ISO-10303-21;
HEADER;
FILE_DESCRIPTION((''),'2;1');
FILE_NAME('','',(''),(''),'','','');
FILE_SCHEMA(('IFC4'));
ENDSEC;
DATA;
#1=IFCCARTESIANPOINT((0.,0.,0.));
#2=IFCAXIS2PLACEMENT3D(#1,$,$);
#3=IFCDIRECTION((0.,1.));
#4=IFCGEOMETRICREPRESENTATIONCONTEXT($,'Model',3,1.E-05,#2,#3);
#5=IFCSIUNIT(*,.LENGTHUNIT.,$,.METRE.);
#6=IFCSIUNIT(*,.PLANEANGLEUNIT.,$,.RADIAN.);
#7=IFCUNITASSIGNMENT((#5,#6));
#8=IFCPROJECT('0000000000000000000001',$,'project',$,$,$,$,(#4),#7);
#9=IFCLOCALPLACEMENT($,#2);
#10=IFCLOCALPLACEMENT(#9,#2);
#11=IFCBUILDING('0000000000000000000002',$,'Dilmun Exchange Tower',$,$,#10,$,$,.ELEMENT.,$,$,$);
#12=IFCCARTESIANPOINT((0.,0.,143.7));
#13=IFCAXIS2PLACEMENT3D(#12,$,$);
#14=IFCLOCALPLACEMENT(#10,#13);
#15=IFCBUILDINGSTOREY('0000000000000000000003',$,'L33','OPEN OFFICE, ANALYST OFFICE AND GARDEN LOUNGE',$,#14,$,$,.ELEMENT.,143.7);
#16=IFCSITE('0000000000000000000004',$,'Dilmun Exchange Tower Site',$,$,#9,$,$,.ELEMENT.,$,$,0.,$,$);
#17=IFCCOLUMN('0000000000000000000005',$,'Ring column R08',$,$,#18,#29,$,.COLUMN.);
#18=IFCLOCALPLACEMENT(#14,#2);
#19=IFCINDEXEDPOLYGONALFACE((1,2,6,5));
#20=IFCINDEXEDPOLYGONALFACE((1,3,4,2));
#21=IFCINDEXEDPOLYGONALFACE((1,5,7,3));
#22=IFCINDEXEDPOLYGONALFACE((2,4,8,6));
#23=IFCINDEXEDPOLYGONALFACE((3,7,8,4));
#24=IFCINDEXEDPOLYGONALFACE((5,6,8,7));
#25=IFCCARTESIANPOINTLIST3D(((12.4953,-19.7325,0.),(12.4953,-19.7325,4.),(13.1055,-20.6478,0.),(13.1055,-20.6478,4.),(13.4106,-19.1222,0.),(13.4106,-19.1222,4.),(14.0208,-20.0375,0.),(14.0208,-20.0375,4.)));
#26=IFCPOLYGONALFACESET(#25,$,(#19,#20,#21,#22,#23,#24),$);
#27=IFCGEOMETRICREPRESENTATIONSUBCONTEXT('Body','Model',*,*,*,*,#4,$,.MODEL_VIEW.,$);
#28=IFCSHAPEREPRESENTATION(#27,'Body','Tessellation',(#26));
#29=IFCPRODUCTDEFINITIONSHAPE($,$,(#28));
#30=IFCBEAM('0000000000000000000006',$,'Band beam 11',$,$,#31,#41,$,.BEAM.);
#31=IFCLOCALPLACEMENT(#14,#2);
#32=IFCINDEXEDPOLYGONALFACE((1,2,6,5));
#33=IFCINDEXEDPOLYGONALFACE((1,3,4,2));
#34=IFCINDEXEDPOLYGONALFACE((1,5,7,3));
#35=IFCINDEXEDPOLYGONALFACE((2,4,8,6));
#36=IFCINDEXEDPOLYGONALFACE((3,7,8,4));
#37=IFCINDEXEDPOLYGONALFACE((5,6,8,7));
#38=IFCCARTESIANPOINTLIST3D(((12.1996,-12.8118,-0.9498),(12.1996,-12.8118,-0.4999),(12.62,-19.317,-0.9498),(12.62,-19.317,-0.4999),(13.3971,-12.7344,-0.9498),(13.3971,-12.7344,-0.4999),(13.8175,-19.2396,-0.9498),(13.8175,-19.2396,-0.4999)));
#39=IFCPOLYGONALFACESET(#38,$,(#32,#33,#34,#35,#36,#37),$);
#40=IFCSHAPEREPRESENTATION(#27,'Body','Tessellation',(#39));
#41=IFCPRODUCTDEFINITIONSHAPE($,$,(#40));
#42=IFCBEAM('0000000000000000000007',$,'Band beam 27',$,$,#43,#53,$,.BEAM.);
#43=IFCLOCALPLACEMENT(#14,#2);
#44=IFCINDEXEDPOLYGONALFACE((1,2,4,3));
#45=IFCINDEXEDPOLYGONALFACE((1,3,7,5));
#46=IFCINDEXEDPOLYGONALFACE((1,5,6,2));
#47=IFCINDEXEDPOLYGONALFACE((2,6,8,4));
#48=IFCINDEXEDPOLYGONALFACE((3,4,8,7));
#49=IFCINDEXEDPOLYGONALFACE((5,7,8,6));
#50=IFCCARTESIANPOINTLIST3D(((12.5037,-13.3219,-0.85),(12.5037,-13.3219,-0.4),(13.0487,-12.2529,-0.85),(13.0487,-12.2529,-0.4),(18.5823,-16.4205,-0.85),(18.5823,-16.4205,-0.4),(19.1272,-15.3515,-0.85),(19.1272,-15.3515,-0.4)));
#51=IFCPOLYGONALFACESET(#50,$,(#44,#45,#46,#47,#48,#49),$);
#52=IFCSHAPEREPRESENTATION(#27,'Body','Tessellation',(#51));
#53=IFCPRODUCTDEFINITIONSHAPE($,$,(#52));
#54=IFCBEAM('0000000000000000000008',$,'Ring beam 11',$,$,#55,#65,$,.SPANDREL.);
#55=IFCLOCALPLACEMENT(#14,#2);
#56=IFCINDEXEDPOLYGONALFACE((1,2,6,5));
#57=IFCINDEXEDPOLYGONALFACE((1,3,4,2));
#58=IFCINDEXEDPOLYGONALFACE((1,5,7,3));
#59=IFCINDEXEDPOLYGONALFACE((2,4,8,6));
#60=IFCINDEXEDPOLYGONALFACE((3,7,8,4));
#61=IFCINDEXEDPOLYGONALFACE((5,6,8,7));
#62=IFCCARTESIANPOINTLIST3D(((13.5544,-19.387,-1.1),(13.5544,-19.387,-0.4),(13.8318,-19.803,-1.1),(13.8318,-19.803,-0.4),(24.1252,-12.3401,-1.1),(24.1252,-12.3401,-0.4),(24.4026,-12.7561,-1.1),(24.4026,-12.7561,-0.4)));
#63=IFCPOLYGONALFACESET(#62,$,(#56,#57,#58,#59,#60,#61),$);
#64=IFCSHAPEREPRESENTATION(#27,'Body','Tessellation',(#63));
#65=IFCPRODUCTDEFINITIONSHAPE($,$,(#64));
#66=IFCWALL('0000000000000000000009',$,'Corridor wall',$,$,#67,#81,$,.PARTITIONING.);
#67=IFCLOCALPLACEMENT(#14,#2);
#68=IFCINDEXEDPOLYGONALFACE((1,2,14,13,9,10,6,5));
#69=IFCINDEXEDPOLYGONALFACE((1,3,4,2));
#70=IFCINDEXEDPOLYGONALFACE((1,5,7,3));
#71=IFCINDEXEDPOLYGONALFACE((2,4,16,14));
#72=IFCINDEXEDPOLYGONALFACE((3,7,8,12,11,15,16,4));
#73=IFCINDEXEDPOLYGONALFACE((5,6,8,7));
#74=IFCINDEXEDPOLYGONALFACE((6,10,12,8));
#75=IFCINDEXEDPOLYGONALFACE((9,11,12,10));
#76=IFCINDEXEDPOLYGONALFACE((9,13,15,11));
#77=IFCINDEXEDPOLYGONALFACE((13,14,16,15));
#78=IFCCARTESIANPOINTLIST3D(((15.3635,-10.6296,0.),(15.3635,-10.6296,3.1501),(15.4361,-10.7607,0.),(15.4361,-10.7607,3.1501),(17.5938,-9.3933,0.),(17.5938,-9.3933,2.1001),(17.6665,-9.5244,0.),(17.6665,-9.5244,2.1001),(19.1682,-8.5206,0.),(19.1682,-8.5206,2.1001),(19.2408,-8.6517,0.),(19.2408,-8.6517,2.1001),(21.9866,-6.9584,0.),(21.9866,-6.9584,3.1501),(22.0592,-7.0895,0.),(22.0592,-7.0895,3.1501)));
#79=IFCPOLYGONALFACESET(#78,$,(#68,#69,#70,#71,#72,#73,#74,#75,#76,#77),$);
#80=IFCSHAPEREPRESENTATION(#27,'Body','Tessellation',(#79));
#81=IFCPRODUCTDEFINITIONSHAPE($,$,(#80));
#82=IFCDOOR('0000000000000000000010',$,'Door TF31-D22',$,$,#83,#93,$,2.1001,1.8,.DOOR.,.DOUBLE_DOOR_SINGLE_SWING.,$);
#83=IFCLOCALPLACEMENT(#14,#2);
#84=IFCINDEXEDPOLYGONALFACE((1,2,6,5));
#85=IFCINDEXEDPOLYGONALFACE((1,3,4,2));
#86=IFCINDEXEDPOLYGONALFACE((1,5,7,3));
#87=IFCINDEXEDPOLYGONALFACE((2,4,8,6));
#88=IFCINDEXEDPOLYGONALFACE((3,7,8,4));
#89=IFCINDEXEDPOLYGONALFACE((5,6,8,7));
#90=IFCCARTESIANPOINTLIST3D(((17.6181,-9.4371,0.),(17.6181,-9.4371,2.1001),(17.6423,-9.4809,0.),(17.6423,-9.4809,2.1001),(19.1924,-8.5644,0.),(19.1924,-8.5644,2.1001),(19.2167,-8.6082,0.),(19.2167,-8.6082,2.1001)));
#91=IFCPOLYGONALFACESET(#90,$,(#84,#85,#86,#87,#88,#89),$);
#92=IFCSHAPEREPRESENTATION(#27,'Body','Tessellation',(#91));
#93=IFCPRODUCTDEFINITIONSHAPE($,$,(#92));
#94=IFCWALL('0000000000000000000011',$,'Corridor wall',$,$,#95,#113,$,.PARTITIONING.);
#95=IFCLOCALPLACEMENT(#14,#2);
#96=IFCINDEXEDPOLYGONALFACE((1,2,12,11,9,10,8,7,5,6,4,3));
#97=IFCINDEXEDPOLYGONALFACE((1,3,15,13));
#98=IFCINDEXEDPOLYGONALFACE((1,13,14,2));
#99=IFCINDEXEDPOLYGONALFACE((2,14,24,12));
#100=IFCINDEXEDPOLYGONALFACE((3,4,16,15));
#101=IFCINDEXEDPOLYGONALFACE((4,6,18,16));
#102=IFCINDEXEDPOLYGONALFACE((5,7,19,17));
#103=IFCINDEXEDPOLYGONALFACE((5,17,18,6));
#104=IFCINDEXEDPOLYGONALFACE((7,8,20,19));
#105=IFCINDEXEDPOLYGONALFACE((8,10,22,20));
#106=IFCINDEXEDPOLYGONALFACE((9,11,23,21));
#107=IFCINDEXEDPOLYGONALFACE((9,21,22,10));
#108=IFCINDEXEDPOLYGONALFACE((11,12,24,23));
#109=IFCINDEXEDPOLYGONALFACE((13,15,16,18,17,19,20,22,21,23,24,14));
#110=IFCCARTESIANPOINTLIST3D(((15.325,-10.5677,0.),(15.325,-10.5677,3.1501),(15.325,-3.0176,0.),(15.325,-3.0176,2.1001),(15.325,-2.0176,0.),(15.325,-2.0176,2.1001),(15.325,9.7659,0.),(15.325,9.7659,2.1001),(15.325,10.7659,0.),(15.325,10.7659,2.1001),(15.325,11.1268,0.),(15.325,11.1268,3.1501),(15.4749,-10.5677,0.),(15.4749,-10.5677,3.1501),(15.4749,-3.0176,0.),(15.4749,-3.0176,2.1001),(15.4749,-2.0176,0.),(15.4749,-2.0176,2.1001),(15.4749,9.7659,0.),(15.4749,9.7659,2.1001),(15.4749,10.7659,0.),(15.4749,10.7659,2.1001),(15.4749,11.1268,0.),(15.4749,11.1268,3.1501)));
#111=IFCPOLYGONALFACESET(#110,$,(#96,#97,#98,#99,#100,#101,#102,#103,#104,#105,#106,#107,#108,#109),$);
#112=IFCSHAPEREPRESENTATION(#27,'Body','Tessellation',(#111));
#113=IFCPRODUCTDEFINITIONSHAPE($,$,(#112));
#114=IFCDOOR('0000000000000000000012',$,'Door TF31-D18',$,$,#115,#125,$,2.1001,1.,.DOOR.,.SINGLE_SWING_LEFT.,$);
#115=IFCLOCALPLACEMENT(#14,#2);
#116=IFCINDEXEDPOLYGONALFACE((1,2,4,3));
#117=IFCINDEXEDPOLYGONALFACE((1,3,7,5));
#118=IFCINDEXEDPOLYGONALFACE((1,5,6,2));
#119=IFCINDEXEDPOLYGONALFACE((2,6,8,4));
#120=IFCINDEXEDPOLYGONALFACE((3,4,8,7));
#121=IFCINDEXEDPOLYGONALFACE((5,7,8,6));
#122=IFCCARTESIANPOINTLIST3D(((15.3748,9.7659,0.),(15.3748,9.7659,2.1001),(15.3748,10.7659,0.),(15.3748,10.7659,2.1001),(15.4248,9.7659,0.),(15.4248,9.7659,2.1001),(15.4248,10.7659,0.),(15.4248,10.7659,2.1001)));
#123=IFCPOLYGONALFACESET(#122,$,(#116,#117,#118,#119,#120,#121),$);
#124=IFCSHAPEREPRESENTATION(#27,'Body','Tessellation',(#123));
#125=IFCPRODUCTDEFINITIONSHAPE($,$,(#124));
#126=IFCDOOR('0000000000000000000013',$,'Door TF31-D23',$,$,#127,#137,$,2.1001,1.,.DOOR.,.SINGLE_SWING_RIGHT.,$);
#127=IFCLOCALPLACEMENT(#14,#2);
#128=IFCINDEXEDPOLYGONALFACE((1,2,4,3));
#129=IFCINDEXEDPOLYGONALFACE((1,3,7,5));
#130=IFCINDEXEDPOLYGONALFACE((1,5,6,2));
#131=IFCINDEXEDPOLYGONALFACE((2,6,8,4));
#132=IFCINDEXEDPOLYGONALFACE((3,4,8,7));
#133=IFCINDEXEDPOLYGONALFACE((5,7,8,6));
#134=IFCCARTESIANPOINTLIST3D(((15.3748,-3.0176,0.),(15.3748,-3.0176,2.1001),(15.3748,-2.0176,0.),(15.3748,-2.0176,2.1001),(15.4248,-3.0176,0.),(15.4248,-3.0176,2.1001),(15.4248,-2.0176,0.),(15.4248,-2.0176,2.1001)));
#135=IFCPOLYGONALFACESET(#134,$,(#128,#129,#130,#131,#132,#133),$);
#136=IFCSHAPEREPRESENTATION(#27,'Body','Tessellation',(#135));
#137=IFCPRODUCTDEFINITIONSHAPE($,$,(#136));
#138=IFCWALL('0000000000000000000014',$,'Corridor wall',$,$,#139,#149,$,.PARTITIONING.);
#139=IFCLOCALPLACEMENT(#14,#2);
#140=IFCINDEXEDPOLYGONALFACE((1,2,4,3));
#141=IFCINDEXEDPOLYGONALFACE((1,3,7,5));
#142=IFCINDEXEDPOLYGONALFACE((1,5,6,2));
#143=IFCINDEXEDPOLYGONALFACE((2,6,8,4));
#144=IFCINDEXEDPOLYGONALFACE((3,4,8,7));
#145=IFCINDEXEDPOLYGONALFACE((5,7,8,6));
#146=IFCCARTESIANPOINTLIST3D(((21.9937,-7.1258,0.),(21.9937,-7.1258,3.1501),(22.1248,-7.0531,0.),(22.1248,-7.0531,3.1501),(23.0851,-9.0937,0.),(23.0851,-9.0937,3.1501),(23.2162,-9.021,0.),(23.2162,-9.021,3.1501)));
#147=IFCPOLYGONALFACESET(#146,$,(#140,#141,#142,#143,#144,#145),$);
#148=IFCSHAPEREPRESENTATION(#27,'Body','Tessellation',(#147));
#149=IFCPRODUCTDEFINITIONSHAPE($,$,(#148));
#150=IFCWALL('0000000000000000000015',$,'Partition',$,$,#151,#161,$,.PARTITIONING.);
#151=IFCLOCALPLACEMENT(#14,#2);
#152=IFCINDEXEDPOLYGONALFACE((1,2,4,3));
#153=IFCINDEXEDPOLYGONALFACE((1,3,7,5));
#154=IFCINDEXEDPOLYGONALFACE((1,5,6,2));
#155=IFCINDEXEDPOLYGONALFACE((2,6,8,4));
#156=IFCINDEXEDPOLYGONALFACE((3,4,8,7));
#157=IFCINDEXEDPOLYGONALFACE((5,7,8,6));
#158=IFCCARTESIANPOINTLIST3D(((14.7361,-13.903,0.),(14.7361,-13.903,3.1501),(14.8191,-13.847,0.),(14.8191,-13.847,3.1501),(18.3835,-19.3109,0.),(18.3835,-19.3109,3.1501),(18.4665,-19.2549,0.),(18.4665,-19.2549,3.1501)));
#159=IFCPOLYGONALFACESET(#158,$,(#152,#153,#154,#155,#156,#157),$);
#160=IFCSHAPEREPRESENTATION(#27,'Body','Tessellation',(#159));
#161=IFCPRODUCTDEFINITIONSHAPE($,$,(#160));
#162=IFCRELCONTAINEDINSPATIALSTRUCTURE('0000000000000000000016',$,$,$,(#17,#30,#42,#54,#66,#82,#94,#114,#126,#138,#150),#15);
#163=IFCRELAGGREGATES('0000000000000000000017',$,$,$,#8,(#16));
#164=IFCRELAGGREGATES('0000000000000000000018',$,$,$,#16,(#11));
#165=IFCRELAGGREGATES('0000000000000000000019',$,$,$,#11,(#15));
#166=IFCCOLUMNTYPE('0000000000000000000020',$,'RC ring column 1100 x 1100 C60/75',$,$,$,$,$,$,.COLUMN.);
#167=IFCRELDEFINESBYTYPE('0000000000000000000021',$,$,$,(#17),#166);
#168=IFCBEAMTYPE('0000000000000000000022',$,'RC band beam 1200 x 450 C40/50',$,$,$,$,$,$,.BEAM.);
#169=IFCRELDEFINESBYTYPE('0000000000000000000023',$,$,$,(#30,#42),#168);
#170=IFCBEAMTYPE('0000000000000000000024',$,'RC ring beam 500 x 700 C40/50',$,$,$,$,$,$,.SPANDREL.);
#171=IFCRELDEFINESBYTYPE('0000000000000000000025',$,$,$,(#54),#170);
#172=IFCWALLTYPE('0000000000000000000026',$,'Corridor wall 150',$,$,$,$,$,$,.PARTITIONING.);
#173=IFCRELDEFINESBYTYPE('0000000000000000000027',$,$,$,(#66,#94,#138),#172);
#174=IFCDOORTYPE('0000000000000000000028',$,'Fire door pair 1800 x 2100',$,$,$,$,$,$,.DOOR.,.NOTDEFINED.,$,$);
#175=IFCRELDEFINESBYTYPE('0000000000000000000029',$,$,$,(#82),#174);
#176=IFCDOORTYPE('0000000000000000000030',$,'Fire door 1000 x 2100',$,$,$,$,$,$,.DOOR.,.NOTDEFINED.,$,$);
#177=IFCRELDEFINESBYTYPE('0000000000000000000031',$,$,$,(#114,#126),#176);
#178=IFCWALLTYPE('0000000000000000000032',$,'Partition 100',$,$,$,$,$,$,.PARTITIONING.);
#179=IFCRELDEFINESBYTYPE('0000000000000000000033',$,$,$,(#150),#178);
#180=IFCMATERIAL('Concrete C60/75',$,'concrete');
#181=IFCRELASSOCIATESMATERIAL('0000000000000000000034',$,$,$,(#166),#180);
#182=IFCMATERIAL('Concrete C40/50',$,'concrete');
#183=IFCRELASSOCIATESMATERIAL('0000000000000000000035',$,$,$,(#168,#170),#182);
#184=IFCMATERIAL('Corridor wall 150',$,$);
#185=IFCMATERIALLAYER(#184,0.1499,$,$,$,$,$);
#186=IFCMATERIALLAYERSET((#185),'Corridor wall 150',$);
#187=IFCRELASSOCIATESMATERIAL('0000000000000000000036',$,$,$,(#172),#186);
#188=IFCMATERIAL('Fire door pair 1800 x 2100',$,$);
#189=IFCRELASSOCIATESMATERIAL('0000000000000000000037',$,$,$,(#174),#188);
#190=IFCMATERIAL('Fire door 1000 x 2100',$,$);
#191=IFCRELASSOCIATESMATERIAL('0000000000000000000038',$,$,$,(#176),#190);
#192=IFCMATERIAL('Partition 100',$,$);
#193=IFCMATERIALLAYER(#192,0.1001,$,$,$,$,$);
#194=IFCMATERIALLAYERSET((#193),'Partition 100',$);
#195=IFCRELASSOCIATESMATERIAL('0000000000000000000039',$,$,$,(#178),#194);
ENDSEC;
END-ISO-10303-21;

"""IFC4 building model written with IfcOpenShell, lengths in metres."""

from ifc_helpers import new_model, si_unit, direction, frame, frame_2d, origin, origin_2d, place, context, subcontext, project, spatial, rectangle, extrude, material, layer, layer_set, material_profile, profile_set, type_object, element, fill, save


model = new_model("IFC4")

# Units and contexts
model_context = context("Model", 3, precision=1e-05, world=origin(), true_north=direction((0.0, 1.0)))
body_context = subcontext(model_context, "Body", "Model", "MODEL_VIEW")
ifc_project = project(units=[si_unit("LENGTHUNIT", "METRE"), si_unit("PLANEANGLEUNIT", "RADIAN")], contexts=[model_context])

# Site, building, storey
site_placement = place(None, origin())
site = spatial("IfcSite", under=ifc_project, at=site_placement, Name="Dilmun Exchange Tower Site", CompositionType="ELEMENT", RefElevation=0.0)
building_placement = place(site_placement, origin())
building = spatial("IfcBuilding", under=site, at=building_placement, Name="Dilmun Exchange Tower", CompositionType="ELEMENT")
storey_placement = place(building_placement, frame((0.0, 0.0, 143.7)))
storey = spatial("IfcBuildingStorey", under=building, at=storey_placement, Name="L33", Description="OPEN OFFICE, ANALYST OFFICE AND GARDEN LOUNGE", CompositionType="ELEMENT", Elevation=143.7)

# Column
ifc_material_1 = material(Name="Concrete C60/75", Category="concrete")
ifc_material_profile_1 = material_profile(ifc_material_1, rectangle(XDim=1.1001, YDim=1.1001, at=origin_2d()), Name="1100 x 1100")
ifc_profile_set_1 = profile_set([ifc_material_profile_1], Name="Concrete C60/75")
column_type = type_object("IfcColumnType", Name="RC ring column 1100 x 1100 C60/75", PredefinedType="COLUMN", material=ifc_profile_set_1)
column_placement = place(storey_placement, frame((13.2581, -19.885, 0.0), z_axis=(0.0, 0.0, 1.0), x_axis=(0.832029, 0.554733, 0.0)))
element("IfcColumn", 1, at=column_placement, inside=storey, type_object=column_type, Name="Ring column R08", PredefinedType="COLUMN", context=body_context, shape_type="SweptSolid", body=[
    extrude(rectangle(XDim=1.1001, YDim=1.1001, at=origin_2d()), origin(), (0.0, 0.0, 1.0), 4.0),
])

# Beams
ifc_material_2 = material(Name="Concrete C40/50", Category="concrete")
ifc_material_profile_2 = material_profile(ifc_material_2, rectangle(XDim=1.2, YDim=0.45, at=origin_2d()), Name="1200 x 450")
ifc_profile_set_2 = profile_set([ifc_material_profile_2], Name="Concrete C40/50")
beam_type_1 = type_object("IfcBeamType", Name="RC band beam 1200 x 450 C40/50", PredefinedType="BEAM", material=ifc_profile_set_2)
beam_1_placement = place(storey_placement, frame((13.2188, -19.2783, -0.7249), z_axis=(-0.064493, 0.997918, 0.0), x_axis=(-0.997918, -0.064493, 0.0)))
element("IfcBeam", 2, at=beam_1_placement, inside=storey, type_object=beam_type_1, Name="Band beam 11", PredefinedType="BEAM", context=body_context, shape_type="SweptSolid", body=[
    extrude(rectangle(XDim=1.2, YDim=0.45, at=origin_2d()), origin(), (0.0, 0.0, 1.0), 6.5188),
])
beam_2_placement = place(storey_placement, frame((18.8547, -15.886, -0.625), z_axis=(-0.890922, 0.454156, 0.0), x_axis=(-0.454156, -0.890922, 0.0)))
element("IfcBeam", 3, at=beam_2_placement, inside=storey, type_object=beam_type_1, Name="Band beam 27", PredefinedType="BEAM", context=body_context, shape_type="SweptSolid", body=[
    extrude(rectangle(XDim=1.2, YDim=0.45, at=origin_2d()), origin(), (0.0, 0.0, 1.0), 6.8228),
])
ifc_material_profile_3 = material_profile(ifc_material_2, rectangle(XDim=0.5, YDim=0.7, at=origin_2d()), Name="500 x 700")
ifc_profile_set_3 = profile_set([ifc_material_profile_3], Name="Concrete C40/50")
beam_type_2 = type_object("IfcBeamType", Name="RC ring beam 500 x 700 C40/50", PredefinedType="SPANDREL", material=ifc_profile_set_3)
beam_3_placement = place(storey_placement, frame((13.6931, -19.595, -0.75), z_axis=(0.832062, 0.554682, 0.0), x_axis=(-0.554682, 0.832062, 0.0)))
element("IfcBeam", 4, at=beam_3_placement, inside=storey, type_object=beam_type_2, Name="Ring beam 11", PredefinedType="SPANDREL", context=body_context, shape_type="SweptSolid", body=[
    extrude(rectangle(XDim=0.5, YDim=0.7, at=origin_2d()), origin(), (0.0, 0.0, 1.0), 12.7043),
])

# Wall, opening, door
ifc_material_3 = material(Name="Corridor wall 150")
ifc_layer_1 = layer(ifc_material_3, 0.1499)
ifc_layer_set_1 = layer_set([ifc_layer_1], Name="Corridor wall 150")
wall_type_1 = type_object("IfcWallType", Name="Corridor wall 150", PredefinedType="PARTITIONING", material=ifc_layer_set_1)
wall_1_placement = place(storey_placement, frame((15.3999, -10.6951, 0.0), z_axis=(0.0, 0.0, 1.0), x_axis=(0.874624, 0.484802, 0.0)))
wall_1 = element("IfcWall", 5, at=wall_1_placement, inside=storey, type_object=wall_type_1, Name="Corridor wall", PredefinedType="PARTITIONING", context=body_context, shape_type="SweptSolid", body=[
    extrude(rectangle(XDim=7.5725, YDim=0.1499, at=frame_2d((3.7861, 0.0))), origin(), (0.0, 0.0, 1.0), 3.1501),
])
opening_1_placement = place(wall_1_placement, frame((2.55, 0.0, 0.0)))
opening_1 = element("IfcOpeningElement", 6, at=opening_1_placement, cuts=wall_1, PredefinedType="OPENING", context=body_context, shape_type="SweptSolid", body=[
    extrude(rectangle(XDim=1.8, YDim=2.1001, at=frame_2d((0.8999, 1.05))), frame((0.0, 0.085, 0.0), z_axis=(0.0, -1.0, 0.0), x_axis=(1.0, 0.0, 0.0)), (0.0, 0.0, 1.0), 0.1699),
])
ifc_material_4 = material(Name="Fire door pair 1800 x 2100")
door_type_1 = type_object("IfcDoorType", Name="Fire door pair 1800 x 2100", OperationType="NOTDEFINED", PredefinedType="DOOR", material=ifc_material_4)
door_1_placement = place(opening_1_placement, origin())
door_1 = element("IfcDoor", 7, at=door_1_placement, inside=storey, type_object=door_type_1, Name="Door TF31-D22", OperationType="DOUBLE_DOOR_SINGLE_SWING", OverallHeight=2.1001, OverallWidth=1.8, PredefinedType="DOOR", context=body_context, shape_type="SweptSolid", body=[
    extrude(rectangle(XDim=1.8, YDim=2.1001, at=frame_2d((0.8999, 1.05))), frame((0.0, 0.0249, 0.0), z_axis=(0.0, -1.0, 0.0), x_axis=(1.0, 0.0, 0.0)), (0.0, 0.0, 1.0), 0.05),
])
fill(opening_1, door_1)

# Wall, openings, doors
wall_2_placement = place(storey_placement, frame((15.3999, -10.5676, 0.0), z_axis=(0.0, 0.0, 1.0), x_axis=(0.0, 1.0, 0.0)))
wall_2 = element("IfcWall", 8, at=wall_2_placement, inside=storey, type_object=wall_type_1, Name="Corridor wall", PredefinedType="PARTITIONING", context=body_context, shape_type="SweptSolid", body=[
    extrude(rectangle(XDim=21.6946, YDim=0.1499, at=frame_2d((10.8472, 0.0))), origin(), (0.0, 0.0, 1.0), 3.1501),
])
opening_2_placement = place(wall_2_placement, frame((20.3335, 0.0, 0.0)))
opening_2 = element("IfcOpeningElement", 9, at=opening_2_placement, cuts=wall_2, PredefinedType="OPENING", context=body_context, shape_type="SweptSolid", body=[
    extrude(rectangle(XDim=1.0, YDim=2.1001, at=frame_2d((0.5, 1.05))), frame((0.0, 0.085, 0.0), z_axis=(0.0, -1.0, 0.0), x_axis=(1.0, 0.0, 0.0)), (0.0, 0.0, 1.0), 0.1699),
])
opening_3_placement = place(wall_2_placement, frame((7.55, 0.0, 0.0)))
opening_3 = element("IfcOpeningElement", 10, at=opening_3_placement, cuts=wall_2, PredefinedType="OPENING", context=body_context, shape_type="SweptSolid", body=[
    extrude(rectangle(XDim=1.0, YDim=2.1001, at=frame_2d((0.5, 1.05))), frame((0.0, 0.085, 0.0), z_axis=(0.0, -1.0, 0.0), x_axis=(1.0, 0.0, 0.0)), (0.0, 0.0, 1.0), 0.1699),
])
ifc_material_5 = material(Name="Fire door 1000 x 2100")
door_type_2 = type_object("IfcDoorType", Name="Fire door 1000 x 2100", OperationType="NOTDEFINED", PredefinedType="DOOR", material=ifc_material_5)
door_2_placement = place(opening_2_placement, frame((1.0, 0.0, 0.0), z_axis=(0.0, 0.0, 1.0), x_axis=(-1.0, 0.0, 0.0)))
door_2 = element("IfcDoor", 11, at=door_2_placement, inside=storey, type_object=door_type_2, Name="Door TF31-D18", OperationType="SINGLE_SWING_LEFT", OverallHeight=2.1001, OverallWidth=1.0, PredefinedType="DOOR", context=body_context, shape_type="SweptSolid", body=[
    extrude(rectangle(XDim=1.0, YDim=2.1001, at=frame_2d((0.5, 1.05))), frame((0.0, 0.0249, 0.0), z_axis=(0.0, -1.0, 0.0), x_axis=(1.0, 0.0, 0.0)), (0.0, 0.0, 1.0), 0.05),
])
fill(opening_2, door_2)
door_3_placement = place(opening_3_placement, frame((1.0, 0.0, 0.0), z_axis=(0.0, 0.0, 1.0), x_axis=(-1.0, 0.0, 0.0)))
door_3 = element("IfcDoor", 12, at=door_3_placement, inside=storey, type_object=door_type_2, Name="Door TF31-D23", OperationType="SINGLE_SWING_RIGHT", OverallHeight=2.1001, OverallWidth=1.0, PredefinedType="DOOR", context=body_context, shape_type="SweptSolid", body=[
    extrude(rectangle(XDim=1.0, YDim=2.1001, at=frame_2d((0.5, 1.05))), frame((0.0, 0.0249, 0.0), z_axis=(0.0, -1.0, 0.0), x_axis=(1.0, 0.0, 0.0)), (0.0, 0.0, 1.0), 0.05),
])
fill(opening_3, door_3)

# Walls
wall_3_placement = place(storey_placement, frame((22.0593, -7.0896, 0.0), z_axis=(0.0, 0.0, 1.0), x_axis=(0.484998, -0.874515, 0.0)))
element("IfcWall", 13, at=wall_3_placement, inside=storey, type_object=wall_type_1, Name="Corridor wall", PredefinedType="PARTITIONING", context=body_context, shape_type="SweptSolid", body=[
    extrude(rectangle(XDim=2.2502, YDim=0.1499, at=frame_2d((1.125, 0.0))), origin(), (0.0, 0.0, 1.0), 3.1501),
])
ifc_material_6 = material(Name="Partition 100")
ifc_layer_2 = layer(ifc_material_6, 0.1001)
ifc_layer_set_2 = layer_set([ifc_layer_2], Name="Partition 100")
wall_type_2 = type_object("IfcWallType", Name="Partition 100", PredefinedType="PARTITIONING", material=ifc_layer_set_2)
wall_4_placement = place(storey_placement, frame((14.7776, -13.875, 0.0), z_axis=(0.0, 0.0, 1.0), x_axis=(0.559166, -0.829056, 0.0)))
element("IfcWall", 14, at=wall_4_placement, inside=storey, type_object=wall_type_2, Name="Partition", PredefinedType="PARTITIONING", context=body_context, shape_type="SweptSolid", body=[
    extrude(rectangle(XDim=6.5229, YDim=0.1001, at=frame_2d((3.2615, 0.0))), origin(), (0.0, 0.0, 1.0), 3.1501),
])

save(model, "model.ifc")
